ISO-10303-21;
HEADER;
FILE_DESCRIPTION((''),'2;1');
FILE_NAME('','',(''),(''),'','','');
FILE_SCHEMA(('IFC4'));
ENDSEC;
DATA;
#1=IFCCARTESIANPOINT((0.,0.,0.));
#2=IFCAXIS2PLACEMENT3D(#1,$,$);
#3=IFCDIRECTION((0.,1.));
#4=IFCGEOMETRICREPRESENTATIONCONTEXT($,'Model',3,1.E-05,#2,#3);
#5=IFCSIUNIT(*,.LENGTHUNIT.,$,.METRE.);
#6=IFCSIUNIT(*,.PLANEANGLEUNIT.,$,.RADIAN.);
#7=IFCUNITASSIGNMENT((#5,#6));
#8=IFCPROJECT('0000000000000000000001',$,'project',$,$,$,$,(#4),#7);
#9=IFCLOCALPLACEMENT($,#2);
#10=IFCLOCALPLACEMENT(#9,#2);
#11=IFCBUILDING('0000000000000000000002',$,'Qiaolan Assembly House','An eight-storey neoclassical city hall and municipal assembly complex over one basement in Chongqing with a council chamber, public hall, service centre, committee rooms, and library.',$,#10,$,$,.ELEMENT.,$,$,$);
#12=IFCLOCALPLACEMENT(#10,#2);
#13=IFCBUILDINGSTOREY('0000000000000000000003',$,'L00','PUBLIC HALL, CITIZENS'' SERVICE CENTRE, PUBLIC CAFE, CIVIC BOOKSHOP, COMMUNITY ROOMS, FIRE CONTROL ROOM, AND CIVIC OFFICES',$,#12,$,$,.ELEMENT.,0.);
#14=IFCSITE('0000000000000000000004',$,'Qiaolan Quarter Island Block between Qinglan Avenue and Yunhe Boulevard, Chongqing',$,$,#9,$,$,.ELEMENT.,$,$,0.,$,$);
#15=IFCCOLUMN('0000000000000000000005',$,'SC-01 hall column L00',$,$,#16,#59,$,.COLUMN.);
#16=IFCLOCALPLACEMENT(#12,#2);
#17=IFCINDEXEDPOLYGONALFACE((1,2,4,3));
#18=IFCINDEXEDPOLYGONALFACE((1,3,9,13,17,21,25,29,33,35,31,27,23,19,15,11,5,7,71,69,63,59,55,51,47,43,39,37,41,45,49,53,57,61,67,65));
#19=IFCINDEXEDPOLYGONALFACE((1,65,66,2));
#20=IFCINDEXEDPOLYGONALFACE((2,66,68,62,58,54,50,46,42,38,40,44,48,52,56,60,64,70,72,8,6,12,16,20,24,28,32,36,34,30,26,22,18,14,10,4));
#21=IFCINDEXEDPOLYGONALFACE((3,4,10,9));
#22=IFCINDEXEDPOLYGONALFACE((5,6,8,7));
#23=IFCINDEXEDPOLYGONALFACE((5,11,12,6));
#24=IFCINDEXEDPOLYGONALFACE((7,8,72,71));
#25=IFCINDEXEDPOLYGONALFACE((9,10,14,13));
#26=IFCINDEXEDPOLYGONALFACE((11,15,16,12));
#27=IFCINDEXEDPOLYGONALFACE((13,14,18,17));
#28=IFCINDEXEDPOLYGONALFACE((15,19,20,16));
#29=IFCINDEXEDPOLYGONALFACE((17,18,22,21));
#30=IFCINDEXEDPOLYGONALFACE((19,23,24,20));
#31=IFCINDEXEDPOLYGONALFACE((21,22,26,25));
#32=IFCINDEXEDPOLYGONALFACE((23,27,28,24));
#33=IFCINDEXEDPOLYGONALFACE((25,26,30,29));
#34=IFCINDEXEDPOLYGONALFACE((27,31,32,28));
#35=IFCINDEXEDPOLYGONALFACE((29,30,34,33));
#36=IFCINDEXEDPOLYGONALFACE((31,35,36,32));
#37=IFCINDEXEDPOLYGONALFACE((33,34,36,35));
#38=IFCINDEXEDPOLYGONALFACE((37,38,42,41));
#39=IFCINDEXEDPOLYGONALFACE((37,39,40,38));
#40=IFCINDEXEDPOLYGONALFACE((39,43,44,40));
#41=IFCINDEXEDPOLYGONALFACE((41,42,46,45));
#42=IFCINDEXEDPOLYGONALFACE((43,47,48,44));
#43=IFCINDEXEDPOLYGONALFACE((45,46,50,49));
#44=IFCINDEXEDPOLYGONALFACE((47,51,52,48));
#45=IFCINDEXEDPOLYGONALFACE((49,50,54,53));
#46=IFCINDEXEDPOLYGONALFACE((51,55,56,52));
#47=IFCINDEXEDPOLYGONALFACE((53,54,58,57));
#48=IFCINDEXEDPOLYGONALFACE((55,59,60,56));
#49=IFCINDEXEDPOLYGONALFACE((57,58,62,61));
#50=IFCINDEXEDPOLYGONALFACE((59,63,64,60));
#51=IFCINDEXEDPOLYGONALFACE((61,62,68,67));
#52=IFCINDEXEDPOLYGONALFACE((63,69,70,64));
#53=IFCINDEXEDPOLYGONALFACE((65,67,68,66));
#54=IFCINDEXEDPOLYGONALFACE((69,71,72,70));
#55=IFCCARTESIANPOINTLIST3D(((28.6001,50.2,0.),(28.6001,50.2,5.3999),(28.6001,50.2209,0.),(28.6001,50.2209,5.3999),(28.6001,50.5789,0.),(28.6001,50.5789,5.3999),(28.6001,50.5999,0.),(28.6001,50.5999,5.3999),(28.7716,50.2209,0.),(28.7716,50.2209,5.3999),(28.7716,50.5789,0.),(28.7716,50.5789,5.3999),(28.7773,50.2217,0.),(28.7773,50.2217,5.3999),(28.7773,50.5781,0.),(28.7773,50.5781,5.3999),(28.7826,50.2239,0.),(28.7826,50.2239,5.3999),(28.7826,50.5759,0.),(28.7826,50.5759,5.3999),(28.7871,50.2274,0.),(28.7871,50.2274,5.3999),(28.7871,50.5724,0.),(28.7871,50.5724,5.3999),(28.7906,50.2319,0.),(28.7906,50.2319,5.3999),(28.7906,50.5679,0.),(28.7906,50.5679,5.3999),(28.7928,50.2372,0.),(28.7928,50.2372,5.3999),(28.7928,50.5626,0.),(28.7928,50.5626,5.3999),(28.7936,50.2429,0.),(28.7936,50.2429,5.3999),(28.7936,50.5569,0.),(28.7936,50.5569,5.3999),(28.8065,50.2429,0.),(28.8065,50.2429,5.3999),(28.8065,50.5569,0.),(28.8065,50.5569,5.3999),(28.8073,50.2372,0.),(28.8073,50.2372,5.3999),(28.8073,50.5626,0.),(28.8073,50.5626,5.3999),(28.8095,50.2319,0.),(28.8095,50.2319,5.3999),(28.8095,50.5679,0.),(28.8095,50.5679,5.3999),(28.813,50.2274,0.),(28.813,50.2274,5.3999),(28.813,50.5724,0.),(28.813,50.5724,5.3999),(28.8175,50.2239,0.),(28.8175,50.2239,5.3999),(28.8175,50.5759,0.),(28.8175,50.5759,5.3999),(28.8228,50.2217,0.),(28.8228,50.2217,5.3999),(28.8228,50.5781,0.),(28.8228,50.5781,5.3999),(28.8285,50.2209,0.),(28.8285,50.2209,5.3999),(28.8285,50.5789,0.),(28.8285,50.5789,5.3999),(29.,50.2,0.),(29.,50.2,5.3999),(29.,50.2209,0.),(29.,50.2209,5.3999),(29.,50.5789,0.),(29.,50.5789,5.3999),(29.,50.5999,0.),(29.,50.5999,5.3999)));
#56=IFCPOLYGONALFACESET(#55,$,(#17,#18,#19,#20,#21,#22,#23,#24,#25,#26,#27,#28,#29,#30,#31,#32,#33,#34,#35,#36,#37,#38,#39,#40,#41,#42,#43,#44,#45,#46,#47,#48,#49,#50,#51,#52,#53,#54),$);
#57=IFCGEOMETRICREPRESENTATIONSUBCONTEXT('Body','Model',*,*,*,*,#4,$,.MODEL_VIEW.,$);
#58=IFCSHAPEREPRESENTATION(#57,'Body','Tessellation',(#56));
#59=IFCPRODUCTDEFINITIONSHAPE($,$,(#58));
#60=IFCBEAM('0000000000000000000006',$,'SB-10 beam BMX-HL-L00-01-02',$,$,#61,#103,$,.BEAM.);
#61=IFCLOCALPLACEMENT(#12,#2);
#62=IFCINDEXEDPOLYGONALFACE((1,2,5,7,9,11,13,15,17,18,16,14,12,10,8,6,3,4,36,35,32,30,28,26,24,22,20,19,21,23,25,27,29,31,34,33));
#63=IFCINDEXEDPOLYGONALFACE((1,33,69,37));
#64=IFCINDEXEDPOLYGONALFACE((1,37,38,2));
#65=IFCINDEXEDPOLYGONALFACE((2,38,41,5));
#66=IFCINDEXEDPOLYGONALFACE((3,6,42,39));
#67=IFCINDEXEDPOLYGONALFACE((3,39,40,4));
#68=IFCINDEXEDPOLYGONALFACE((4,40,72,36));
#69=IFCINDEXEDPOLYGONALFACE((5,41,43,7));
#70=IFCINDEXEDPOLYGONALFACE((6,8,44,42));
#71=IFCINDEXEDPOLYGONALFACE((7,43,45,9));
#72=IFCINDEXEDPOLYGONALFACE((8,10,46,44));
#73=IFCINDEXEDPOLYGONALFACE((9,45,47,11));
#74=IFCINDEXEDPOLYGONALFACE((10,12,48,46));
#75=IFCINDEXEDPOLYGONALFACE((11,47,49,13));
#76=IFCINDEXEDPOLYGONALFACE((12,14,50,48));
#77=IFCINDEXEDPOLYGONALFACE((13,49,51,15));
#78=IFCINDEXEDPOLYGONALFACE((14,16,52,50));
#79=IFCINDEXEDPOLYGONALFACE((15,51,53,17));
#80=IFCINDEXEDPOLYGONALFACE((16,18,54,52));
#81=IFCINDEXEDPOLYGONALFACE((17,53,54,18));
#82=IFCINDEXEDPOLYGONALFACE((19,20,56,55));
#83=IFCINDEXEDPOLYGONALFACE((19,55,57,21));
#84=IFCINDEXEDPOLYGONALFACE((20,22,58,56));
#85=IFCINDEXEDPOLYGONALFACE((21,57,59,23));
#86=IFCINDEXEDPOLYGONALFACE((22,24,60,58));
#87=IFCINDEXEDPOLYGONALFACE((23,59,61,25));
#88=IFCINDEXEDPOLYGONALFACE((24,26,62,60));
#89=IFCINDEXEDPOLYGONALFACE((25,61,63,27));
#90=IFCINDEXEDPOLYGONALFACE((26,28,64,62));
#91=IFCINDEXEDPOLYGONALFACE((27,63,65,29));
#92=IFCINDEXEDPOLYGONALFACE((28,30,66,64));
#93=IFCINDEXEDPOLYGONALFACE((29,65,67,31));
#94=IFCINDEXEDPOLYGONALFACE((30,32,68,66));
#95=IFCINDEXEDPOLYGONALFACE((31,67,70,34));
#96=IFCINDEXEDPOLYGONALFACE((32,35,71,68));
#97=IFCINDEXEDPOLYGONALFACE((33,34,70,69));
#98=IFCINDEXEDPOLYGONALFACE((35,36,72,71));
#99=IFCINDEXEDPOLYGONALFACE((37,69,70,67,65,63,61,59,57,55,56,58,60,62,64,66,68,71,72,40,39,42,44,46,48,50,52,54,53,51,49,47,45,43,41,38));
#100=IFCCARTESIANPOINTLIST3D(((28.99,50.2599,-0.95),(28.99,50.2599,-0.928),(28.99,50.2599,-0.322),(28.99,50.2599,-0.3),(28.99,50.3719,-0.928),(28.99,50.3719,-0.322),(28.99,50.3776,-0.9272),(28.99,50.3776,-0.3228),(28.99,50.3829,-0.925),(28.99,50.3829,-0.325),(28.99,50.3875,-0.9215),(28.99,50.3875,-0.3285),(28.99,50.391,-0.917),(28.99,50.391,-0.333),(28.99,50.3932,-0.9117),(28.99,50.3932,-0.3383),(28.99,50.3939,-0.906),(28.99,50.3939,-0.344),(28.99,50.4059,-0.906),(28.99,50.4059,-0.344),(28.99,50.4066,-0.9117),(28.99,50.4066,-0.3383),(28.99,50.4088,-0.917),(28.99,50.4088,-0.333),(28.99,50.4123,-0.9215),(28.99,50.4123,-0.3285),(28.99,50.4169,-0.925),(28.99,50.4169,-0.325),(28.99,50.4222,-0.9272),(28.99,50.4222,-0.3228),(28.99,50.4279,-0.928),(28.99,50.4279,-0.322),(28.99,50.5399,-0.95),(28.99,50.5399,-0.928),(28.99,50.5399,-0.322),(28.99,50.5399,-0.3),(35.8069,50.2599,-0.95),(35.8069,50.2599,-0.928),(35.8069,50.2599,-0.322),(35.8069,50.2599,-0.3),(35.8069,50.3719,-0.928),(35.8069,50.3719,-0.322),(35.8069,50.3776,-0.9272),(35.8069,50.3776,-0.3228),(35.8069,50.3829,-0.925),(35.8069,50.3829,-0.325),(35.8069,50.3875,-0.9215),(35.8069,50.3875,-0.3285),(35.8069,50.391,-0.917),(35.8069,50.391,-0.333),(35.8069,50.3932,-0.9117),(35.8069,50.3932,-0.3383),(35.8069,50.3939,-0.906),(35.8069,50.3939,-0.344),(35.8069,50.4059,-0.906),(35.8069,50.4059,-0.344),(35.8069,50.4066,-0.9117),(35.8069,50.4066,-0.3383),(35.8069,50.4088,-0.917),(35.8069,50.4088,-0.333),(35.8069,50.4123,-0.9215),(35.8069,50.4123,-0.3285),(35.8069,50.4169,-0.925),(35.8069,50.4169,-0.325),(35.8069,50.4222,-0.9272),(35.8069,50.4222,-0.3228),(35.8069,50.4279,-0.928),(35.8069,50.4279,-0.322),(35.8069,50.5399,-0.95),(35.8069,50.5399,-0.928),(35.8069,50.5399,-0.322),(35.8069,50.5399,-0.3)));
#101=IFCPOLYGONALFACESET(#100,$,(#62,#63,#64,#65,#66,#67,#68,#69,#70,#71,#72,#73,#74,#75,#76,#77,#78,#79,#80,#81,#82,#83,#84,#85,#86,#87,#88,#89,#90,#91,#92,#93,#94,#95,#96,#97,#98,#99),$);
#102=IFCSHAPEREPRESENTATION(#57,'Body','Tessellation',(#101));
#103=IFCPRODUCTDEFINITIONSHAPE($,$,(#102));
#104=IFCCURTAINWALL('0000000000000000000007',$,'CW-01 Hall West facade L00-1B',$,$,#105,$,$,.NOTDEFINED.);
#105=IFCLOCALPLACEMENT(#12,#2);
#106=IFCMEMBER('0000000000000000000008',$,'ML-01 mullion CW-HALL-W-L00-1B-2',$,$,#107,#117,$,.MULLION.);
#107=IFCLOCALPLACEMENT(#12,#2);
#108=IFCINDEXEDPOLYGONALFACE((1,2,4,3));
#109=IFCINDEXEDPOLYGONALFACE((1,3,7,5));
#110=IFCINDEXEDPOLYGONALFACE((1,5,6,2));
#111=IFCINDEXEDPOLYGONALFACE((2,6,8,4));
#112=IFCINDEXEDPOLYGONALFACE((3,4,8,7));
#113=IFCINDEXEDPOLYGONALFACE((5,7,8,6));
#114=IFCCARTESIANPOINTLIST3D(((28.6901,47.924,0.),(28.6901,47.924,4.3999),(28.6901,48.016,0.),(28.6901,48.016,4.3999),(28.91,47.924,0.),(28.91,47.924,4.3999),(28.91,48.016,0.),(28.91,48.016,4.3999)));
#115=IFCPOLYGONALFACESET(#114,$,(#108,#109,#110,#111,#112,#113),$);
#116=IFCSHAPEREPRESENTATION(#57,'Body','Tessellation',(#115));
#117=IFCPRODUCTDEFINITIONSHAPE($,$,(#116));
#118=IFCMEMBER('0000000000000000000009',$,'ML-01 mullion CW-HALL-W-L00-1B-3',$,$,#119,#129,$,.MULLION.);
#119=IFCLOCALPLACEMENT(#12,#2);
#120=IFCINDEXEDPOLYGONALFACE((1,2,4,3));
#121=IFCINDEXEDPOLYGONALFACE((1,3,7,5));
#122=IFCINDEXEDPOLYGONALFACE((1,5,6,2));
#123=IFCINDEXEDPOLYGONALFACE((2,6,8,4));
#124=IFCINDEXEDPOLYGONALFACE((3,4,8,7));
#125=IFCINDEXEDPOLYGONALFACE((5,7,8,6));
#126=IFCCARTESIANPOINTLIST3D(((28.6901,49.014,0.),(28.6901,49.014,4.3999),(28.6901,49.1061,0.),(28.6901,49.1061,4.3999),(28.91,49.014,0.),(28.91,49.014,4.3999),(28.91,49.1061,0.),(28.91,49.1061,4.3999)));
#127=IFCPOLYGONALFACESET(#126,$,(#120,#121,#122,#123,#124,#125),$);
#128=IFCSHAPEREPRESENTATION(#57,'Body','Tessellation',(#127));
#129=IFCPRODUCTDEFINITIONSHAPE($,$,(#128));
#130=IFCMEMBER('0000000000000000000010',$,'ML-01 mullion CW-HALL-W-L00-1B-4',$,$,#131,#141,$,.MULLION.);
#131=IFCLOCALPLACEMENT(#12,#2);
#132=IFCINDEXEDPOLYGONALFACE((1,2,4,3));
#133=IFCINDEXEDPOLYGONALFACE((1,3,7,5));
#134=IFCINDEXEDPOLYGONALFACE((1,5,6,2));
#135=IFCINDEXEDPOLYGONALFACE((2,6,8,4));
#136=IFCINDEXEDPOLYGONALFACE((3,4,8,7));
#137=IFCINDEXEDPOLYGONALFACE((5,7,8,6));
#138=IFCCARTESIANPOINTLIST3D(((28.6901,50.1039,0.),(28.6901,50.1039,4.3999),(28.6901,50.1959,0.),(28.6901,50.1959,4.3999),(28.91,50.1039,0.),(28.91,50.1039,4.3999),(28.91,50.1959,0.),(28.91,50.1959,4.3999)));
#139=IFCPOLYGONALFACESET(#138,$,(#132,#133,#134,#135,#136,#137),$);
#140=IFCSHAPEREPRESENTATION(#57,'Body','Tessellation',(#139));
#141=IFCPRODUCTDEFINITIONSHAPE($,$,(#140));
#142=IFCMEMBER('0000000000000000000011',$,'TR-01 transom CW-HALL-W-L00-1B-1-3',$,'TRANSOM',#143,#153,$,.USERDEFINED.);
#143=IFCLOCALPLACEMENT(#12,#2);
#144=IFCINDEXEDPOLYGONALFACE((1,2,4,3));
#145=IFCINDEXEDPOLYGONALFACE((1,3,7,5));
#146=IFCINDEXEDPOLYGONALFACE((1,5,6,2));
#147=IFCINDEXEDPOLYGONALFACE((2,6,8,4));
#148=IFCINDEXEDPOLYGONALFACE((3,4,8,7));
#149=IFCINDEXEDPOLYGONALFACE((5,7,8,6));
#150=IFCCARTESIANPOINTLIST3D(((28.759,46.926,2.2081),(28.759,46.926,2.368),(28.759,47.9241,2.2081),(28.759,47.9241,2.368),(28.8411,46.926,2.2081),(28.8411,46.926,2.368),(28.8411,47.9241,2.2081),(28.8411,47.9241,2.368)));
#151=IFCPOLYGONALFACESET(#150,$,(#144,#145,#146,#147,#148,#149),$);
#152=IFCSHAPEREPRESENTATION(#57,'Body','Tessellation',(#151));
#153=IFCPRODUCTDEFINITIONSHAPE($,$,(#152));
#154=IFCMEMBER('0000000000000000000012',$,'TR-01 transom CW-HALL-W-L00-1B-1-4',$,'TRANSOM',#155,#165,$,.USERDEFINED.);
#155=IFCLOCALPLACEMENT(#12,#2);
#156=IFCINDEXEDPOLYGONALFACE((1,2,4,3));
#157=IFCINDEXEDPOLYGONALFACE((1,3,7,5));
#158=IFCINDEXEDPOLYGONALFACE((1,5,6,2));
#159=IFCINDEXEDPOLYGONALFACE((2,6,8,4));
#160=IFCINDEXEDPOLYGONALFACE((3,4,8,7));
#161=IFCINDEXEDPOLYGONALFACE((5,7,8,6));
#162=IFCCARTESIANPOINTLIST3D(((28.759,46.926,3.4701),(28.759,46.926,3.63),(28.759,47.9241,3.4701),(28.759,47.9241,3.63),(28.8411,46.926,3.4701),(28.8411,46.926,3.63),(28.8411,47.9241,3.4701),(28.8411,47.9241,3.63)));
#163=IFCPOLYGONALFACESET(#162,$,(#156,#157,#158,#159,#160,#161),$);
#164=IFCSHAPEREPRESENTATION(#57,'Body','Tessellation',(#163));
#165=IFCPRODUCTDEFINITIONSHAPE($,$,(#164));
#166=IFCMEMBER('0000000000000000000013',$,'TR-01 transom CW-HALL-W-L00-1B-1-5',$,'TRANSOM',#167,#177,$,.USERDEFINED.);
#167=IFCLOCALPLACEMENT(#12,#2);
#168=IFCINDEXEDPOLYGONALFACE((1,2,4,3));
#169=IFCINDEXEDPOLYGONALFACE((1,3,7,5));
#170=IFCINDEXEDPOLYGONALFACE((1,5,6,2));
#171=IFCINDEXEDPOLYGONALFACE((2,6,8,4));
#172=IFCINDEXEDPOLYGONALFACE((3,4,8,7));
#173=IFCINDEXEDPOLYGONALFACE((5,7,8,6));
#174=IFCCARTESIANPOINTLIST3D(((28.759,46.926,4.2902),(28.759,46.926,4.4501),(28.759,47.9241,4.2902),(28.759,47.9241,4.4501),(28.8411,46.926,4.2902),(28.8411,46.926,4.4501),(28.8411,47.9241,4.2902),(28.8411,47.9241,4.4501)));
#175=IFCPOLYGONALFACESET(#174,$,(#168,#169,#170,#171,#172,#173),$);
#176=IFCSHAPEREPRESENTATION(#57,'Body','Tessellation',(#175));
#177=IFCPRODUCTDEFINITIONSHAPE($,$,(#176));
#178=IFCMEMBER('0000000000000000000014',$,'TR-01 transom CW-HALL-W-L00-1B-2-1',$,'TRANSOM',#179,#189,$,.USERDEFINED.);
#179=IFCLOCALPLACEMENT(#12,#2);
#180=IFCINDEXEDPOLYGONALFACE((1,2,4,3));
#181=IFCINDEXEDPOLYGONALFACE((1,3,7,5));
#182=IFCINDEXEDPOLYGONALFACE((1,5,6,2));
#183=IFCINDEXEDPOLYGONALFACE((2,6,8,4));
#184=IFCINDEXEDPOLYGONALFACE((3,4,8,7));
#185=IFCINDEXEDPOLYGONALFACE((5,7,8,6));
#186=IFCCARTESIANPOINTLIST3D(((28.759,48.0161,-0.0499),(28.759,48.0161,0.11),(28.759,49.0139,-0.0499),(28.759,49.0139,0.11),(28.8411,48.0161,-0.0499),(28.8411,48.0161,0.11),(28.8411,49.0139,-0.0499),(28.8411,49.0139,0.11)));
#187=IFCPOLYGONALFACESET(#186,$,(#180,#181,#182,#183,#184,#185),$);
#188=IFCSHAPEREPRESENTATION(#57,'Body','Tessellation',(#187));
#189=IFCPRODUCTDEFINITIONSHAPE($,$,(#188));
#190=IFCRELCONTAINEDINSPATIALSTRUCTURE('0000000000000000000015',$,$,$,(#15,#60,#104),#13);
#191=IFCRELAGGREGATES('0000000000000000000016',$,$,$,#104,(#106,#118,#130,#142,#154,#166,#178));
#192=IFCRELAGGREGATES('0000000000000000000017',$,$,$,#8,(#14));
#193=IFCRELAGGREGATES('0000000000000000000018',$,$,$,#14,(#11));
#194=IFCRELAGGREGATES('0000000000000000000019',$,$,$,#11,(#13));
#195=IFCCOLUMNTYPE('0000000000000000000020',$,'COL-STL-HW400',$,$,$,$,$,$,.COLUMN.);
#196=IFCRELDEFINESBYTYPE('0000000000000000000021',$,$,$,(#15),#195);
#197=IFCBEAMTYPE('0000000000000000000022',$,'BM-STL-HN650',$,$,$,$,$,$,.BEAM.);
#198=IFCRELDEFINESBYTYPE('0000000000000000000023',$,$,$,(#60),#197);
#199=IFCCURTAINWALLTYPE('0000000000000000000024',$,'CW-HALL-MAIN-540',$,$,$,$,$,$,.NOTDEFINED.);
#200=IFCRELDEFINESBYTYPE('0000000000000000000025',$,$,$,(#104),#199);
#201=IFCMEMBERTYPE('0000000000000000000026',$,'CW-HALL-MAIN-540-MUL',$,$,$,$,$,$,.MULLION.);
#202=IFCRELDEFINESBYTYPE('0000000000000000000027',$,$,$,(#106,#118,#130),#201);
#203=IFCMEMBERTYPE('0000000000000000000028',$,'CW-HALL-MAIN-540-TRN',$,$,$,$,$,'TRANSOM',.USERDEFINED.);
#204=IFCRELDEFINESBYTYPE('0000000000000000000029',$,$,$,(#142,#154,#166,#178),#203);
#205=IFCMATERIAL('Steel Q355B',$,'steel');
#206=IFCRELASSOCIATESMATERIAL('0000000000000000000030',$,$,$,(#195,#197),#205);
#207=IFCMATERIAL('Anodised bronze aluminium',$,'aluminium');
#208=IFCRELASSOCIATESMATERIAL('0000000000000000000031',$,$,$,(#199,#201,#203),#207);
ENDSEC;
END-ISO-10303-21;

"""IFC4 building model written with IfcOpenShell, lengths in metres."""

from ifc_helpers import new_model, si_unit, direction, frame, origin, origin_2d, place, context, subcontext, project, spatial, rectangle, i_section, extrude, material, material_profile, profile_set, type_object, element, aggregate, save


model = new_model("IFC4")

# Units and contexts
model_context = context("Model", 3, precision=1e-05, world=origin(), true_north=direction((0.0, 1.0)))
body_context = subcontext(model_context, "Body", "Model", "MODEL_VIEW")
ifc_project = project(units=[si_unit("LENGTHUNIT", "METRE"), si_unit("PLANEANGLEUNIT", "RADIAN")], contexts=[model_context])

# Site, building, storey
site_placement = place(None, origin())
site = spatial("IfcSite", under=ifc_project, at=site_placement, Name="Qiaolan Quarter Island Block between Qinglan Avenue and Yunhe Boulevard, Chongqing", CompositionType="ELEMENT", RefElevation=0.0)
building_placement = place(site_placement, origin())
building = spatial("IfcBuilding", under=site, at=building_placement, Name="Qiaolan Assembly House", Description="An eight-storey neoclassical city hall and municipal assembly complex over one basement in Chongqing with a council chamber, public hall, service centre, committee rooms, and library.", CompositionType="ELEMENT")
storey_placement = place(building_placement, origin())
storey = spatial("IfcBuildingStorey", under=building, at=storey_placement, Name="L00", Description="PUBLIC HALL, CITIZENS' SERVICE CENTRE, PUBLIC CAFE, CIVIC BOOKSHOP, COMMUNITY ROOMS, FIRE CONTROL ROOM, AND CIVIC OFFICES", CompositionType="ELEMENT", Elevation=0.0)

# Column
ifc_material_1 = material(Name="Steel Q355B", Category="steel")
ifc_material_profile_1 = material_profile(ifc_material_1, i_section(OverallWidth=0.3999, OverallDepth=0.3999, WebThickness=0.0129, FlangeThickness=0.021, FilletRadius=0.022, at=origin_2d()), Name="HW 400x400x13x21")
ifc_profile_set_1 = profile_set([ifc_material_profile_1], Name="Steel Q355B")
column_type = type_object("IfcColumnType", Name="COL-STL-HW400", PredefinedType="COLUMN", material=ifc_profile_set_1)
column_placement = place(storey_placement, frame((28.8, 50.3999, 0.0), z_axis=(0.0, 0.0, 1.0), x_axis=(1.0, 0.0, 0.0)))
element("IfcColumn", 1, at=column_placement, inside=storey, type_object=column_type, Name="SC-01 hall column L00", PredefinedType="COLUMN", context=body_context, shape_type="SweptSolid", body=[
    extrude(i_section(OverallWidth=0.3999, OverallDepth=0.3999, WebThickness=0.0129, FlangeThickness=0.021, FilletRadius=0.022, at=origin_2d()), origin(), (0.0, 0.0, 1.0), 5.3999),
])

# Beam
ifc_material_profile_2 = material_profile(ifc_material_1, i_section(OverallWidth=0.28, OverallDepth=0.6499, WebThickness=0.012, FlangeThickness=0.022, FilletRadius=0.022, at=origin_2d()), Name="HN 650x280x12x22")
ifc_profile_set_2 = profile_set([ifc_material_profile_2], Name="Steel Q355B")
beam_type = type_object("IfcBeamType", Name="BM-STL-HN650", PredefinedType="BEAM", material=ifc_profile_set_2)
beam_placement = place(storey_placement, frame((28.99, 50.3999, -0.625), z_axis=(1.0, 0.0, 0.0), x_axis=(0.0, 1.0, 0.0)))
element("IfcBeam", 2, at=beam_placement, inside=storey, type_object=beam_type, Name="SB-10 beam BMX-HL-L00-01-02", PredefinedType="BEAM", context=body_context, shape_type="SweptSolid", body=[
    extrude(i_section(OverallWidth=0.28, OverallDepth=0.6499, WebThickness=0.012, FlangeThickness=0.022, FilletRadius=0.022, at=origin_2d()), origin(), (0.0, 0.0, 1.0), 6.8169),
])

# Curtain wall, members
ifc_material_2 = material(Name="Anodised bronze aluminium", Category="aluminium")
curtain_wall_type = type_object("IfcCurtainWallType", Name="CW-HALL-MAIN-540", PredefinedType="NOTDEFINED", material=ifc_material_2)
curtain_wall_placement = place(storey_placement, origin())
curtain_wall = element("IfcCurtainWall", 3, at=curtain_wall_placement, inside=storey, type_object=curtain_wall_type, Name="CW-01 Hall West facade L00-1B", PredefinedType="NOTDEFINED")
ifc_material_profile_3 = material_profile(ifc_material_2, rectangle(XDim=0.092, YDim=0.22, at=origin_2d()), Name="MUL 92x220")
ifc_profile_set_3 = profile_set([ifc_material_profile_3], Name="Anodised bronze aluminium")
member_type_1 = type_object("IfcMemberType", Name="CW-HALL-MAIN-540-MUL", PredefinedType="MULLION", material=ifc_profile_set_3)
member_1_placement = place(storey_placement, frame((28.8, 47.97, 0.0), z_axis=(0.0, 0.0, 1.0), x_axis=(0.0, 1.0, 0.0)))
member_1 = element("IfcMember", 4, at=member_1_placement, type_object=member_type_1, Name="ML-01 mullion CW-HALL-W-L00-1B-2", PredefinedType="MULLION", context=body_context, shape_type="SweptSolid", body=[
    extrude(rectangle(XDim=0.092, YDim=0.22, at=origin_2d()), origin(), (0.0, 0.0, 1.0), 4.3999),
])
member_2_placement = place(storey_placement, frame((28.8, 49.0601, 0.0), z_axis=(0.0, 0.0, 1.0), x_axis=(0.0, 1.0, 0.0)))
member_2 = element("IfcMember", 5, at=member_2_placement, type_object=member_type_1, Name="ML-01 mullion CW-HALL-W-L00-1B-3", PredefinedType="MULLION", context=body_context, shape_type="SweptSolid", body=[
    extrude(rectangle(XDim=0.092, YDim=0.22, at=origin_2d()), origin(), (0.0, 0.0, 1.0), 4.3999),
])
member_3_placement = place(storey_placement, frame((28.8, 50.1499, 0.0), z_axis=(0.0, 0.0, 1.0), x_axis=(0.0, 1.0, 0.0)))
member_3 = element("IfcMember", 6, at=member_3_placement, type_object=member_type_1, Name="ML-01 mullion CW-HALL-W-L00-1B-4", PredefinedType="MULLION", context=body_context, shape_type="SweptSolid", body=[
    extrude(rectangle(XDim=0.092, YDim=0.22, at=origin_2d()), origin(), (0.0, 0.0, 1.0), 4.3999),
])
ifc_material_profile_4 = material_profile(ifc_material_2, rectangle(XDim=0.082, YDim=0.1599, at=origin_2d()), Name="TRN 82x160")
ifc_profile_set_4 = profile_set([ifc_material_profile_4], Name="Anodised bronze aluminium")
member_type_2 = type_object("IfcMemberType", Name="CW-HALL-MAIN-540-TRN", ElementType="TRANSOM", PredefinedType="USERDEFINED", material=ifc_profile_set_4)
member_4_placement = place(storey_placement, frame((28.8, 46.926, 2.2881), z_axis=(0.0, 1.0, 0.0), x_axis=(-1.0, 0.0, 0.0)))
member_4 = element("IfcMember", 7, at=member_4_placement, type_object=member_type_2, Name="TR-01 transom CW-HALL-W-L00-1B-1-3", ObjectType="TRANSOM", PredefinedType="USERDEFINED", context=body_context, shape_type="SweptSolid", body=[
    extrude(rectangle(XDim=0.082, YDim=0.1599, at=origin_2d()), origin(), (0.0, 0.0, 1.0), 0.998),
])
member_5_placement = place(storey_placement, frame((28.8, 46.926, 3.55), z_axis=(0.0, 1.0, 0.0), x_axis=(-1.0, 0.0, 0.0)))
member_5 = element("IfcMember", 8, at=member_5_placement, type_object=member_type_2, Name="TR-01 transom CW-HALL-W-L00-1B-1-4", ObjectType="TRANSOM", PredefinedType="USERDEFINED", context=body_context, shape_type="SweptSolid", body=[
    extrude(rectangle(XDim=0.082, YDim=0.1599, at=origin_2d()), origin(), (0.0, 0.0, 1.0), 0.998),
])
member_6_placement = place(storey_placement, frame((28.8, 46.926, 4.3701), z_axis=(0.0, 1.0, 0.0), x_axis=(-1.0, 0.0, 0.0)))
member_6 = element("IfcMember", 9, at=member_6_placement, type_object=member_type_2, Name="TR-01 transom CW-HALL-W-L00-1B-1-5", ObjectType="TRANSOM", PredefinedType="USERDEFINED", context=body_context, shape_type="SweptSolid", body=[
    extrude(rectangle(XDim=0.082, YDim=0.1599, at=origin_2d()), origin(), (0.0, 0.0, 1.0), 0.998),
])
member_7_placement = place(storey_placement, frame((28.8, 48.0161, 0.03), z_axis=(0.0, 1.0, 0.0), x_axis=(-1.0, 0.0, 0.0)))
member_7 = element("IfcMember", 10, at=member_7_placement, type_object=member_type_2, Name="TR-01 transom CW-HALL-W-L00-1B-2-1", ObjectType="TRANSOM", PredefinedType="USERDEFINED", context=body_context, shape_type="SweptSolid", body=[
    extrude(rectangle(XDim=0.082, YDim=0.1599, at=origin_2d()), origin(), (0.0, 0.0, 1.0), 0.9978),
])
aggregate(curtain_wall, [member_1, member_2, member_3, member_4, member_5, member_6, member_7])

save(model, "model.ifc")
